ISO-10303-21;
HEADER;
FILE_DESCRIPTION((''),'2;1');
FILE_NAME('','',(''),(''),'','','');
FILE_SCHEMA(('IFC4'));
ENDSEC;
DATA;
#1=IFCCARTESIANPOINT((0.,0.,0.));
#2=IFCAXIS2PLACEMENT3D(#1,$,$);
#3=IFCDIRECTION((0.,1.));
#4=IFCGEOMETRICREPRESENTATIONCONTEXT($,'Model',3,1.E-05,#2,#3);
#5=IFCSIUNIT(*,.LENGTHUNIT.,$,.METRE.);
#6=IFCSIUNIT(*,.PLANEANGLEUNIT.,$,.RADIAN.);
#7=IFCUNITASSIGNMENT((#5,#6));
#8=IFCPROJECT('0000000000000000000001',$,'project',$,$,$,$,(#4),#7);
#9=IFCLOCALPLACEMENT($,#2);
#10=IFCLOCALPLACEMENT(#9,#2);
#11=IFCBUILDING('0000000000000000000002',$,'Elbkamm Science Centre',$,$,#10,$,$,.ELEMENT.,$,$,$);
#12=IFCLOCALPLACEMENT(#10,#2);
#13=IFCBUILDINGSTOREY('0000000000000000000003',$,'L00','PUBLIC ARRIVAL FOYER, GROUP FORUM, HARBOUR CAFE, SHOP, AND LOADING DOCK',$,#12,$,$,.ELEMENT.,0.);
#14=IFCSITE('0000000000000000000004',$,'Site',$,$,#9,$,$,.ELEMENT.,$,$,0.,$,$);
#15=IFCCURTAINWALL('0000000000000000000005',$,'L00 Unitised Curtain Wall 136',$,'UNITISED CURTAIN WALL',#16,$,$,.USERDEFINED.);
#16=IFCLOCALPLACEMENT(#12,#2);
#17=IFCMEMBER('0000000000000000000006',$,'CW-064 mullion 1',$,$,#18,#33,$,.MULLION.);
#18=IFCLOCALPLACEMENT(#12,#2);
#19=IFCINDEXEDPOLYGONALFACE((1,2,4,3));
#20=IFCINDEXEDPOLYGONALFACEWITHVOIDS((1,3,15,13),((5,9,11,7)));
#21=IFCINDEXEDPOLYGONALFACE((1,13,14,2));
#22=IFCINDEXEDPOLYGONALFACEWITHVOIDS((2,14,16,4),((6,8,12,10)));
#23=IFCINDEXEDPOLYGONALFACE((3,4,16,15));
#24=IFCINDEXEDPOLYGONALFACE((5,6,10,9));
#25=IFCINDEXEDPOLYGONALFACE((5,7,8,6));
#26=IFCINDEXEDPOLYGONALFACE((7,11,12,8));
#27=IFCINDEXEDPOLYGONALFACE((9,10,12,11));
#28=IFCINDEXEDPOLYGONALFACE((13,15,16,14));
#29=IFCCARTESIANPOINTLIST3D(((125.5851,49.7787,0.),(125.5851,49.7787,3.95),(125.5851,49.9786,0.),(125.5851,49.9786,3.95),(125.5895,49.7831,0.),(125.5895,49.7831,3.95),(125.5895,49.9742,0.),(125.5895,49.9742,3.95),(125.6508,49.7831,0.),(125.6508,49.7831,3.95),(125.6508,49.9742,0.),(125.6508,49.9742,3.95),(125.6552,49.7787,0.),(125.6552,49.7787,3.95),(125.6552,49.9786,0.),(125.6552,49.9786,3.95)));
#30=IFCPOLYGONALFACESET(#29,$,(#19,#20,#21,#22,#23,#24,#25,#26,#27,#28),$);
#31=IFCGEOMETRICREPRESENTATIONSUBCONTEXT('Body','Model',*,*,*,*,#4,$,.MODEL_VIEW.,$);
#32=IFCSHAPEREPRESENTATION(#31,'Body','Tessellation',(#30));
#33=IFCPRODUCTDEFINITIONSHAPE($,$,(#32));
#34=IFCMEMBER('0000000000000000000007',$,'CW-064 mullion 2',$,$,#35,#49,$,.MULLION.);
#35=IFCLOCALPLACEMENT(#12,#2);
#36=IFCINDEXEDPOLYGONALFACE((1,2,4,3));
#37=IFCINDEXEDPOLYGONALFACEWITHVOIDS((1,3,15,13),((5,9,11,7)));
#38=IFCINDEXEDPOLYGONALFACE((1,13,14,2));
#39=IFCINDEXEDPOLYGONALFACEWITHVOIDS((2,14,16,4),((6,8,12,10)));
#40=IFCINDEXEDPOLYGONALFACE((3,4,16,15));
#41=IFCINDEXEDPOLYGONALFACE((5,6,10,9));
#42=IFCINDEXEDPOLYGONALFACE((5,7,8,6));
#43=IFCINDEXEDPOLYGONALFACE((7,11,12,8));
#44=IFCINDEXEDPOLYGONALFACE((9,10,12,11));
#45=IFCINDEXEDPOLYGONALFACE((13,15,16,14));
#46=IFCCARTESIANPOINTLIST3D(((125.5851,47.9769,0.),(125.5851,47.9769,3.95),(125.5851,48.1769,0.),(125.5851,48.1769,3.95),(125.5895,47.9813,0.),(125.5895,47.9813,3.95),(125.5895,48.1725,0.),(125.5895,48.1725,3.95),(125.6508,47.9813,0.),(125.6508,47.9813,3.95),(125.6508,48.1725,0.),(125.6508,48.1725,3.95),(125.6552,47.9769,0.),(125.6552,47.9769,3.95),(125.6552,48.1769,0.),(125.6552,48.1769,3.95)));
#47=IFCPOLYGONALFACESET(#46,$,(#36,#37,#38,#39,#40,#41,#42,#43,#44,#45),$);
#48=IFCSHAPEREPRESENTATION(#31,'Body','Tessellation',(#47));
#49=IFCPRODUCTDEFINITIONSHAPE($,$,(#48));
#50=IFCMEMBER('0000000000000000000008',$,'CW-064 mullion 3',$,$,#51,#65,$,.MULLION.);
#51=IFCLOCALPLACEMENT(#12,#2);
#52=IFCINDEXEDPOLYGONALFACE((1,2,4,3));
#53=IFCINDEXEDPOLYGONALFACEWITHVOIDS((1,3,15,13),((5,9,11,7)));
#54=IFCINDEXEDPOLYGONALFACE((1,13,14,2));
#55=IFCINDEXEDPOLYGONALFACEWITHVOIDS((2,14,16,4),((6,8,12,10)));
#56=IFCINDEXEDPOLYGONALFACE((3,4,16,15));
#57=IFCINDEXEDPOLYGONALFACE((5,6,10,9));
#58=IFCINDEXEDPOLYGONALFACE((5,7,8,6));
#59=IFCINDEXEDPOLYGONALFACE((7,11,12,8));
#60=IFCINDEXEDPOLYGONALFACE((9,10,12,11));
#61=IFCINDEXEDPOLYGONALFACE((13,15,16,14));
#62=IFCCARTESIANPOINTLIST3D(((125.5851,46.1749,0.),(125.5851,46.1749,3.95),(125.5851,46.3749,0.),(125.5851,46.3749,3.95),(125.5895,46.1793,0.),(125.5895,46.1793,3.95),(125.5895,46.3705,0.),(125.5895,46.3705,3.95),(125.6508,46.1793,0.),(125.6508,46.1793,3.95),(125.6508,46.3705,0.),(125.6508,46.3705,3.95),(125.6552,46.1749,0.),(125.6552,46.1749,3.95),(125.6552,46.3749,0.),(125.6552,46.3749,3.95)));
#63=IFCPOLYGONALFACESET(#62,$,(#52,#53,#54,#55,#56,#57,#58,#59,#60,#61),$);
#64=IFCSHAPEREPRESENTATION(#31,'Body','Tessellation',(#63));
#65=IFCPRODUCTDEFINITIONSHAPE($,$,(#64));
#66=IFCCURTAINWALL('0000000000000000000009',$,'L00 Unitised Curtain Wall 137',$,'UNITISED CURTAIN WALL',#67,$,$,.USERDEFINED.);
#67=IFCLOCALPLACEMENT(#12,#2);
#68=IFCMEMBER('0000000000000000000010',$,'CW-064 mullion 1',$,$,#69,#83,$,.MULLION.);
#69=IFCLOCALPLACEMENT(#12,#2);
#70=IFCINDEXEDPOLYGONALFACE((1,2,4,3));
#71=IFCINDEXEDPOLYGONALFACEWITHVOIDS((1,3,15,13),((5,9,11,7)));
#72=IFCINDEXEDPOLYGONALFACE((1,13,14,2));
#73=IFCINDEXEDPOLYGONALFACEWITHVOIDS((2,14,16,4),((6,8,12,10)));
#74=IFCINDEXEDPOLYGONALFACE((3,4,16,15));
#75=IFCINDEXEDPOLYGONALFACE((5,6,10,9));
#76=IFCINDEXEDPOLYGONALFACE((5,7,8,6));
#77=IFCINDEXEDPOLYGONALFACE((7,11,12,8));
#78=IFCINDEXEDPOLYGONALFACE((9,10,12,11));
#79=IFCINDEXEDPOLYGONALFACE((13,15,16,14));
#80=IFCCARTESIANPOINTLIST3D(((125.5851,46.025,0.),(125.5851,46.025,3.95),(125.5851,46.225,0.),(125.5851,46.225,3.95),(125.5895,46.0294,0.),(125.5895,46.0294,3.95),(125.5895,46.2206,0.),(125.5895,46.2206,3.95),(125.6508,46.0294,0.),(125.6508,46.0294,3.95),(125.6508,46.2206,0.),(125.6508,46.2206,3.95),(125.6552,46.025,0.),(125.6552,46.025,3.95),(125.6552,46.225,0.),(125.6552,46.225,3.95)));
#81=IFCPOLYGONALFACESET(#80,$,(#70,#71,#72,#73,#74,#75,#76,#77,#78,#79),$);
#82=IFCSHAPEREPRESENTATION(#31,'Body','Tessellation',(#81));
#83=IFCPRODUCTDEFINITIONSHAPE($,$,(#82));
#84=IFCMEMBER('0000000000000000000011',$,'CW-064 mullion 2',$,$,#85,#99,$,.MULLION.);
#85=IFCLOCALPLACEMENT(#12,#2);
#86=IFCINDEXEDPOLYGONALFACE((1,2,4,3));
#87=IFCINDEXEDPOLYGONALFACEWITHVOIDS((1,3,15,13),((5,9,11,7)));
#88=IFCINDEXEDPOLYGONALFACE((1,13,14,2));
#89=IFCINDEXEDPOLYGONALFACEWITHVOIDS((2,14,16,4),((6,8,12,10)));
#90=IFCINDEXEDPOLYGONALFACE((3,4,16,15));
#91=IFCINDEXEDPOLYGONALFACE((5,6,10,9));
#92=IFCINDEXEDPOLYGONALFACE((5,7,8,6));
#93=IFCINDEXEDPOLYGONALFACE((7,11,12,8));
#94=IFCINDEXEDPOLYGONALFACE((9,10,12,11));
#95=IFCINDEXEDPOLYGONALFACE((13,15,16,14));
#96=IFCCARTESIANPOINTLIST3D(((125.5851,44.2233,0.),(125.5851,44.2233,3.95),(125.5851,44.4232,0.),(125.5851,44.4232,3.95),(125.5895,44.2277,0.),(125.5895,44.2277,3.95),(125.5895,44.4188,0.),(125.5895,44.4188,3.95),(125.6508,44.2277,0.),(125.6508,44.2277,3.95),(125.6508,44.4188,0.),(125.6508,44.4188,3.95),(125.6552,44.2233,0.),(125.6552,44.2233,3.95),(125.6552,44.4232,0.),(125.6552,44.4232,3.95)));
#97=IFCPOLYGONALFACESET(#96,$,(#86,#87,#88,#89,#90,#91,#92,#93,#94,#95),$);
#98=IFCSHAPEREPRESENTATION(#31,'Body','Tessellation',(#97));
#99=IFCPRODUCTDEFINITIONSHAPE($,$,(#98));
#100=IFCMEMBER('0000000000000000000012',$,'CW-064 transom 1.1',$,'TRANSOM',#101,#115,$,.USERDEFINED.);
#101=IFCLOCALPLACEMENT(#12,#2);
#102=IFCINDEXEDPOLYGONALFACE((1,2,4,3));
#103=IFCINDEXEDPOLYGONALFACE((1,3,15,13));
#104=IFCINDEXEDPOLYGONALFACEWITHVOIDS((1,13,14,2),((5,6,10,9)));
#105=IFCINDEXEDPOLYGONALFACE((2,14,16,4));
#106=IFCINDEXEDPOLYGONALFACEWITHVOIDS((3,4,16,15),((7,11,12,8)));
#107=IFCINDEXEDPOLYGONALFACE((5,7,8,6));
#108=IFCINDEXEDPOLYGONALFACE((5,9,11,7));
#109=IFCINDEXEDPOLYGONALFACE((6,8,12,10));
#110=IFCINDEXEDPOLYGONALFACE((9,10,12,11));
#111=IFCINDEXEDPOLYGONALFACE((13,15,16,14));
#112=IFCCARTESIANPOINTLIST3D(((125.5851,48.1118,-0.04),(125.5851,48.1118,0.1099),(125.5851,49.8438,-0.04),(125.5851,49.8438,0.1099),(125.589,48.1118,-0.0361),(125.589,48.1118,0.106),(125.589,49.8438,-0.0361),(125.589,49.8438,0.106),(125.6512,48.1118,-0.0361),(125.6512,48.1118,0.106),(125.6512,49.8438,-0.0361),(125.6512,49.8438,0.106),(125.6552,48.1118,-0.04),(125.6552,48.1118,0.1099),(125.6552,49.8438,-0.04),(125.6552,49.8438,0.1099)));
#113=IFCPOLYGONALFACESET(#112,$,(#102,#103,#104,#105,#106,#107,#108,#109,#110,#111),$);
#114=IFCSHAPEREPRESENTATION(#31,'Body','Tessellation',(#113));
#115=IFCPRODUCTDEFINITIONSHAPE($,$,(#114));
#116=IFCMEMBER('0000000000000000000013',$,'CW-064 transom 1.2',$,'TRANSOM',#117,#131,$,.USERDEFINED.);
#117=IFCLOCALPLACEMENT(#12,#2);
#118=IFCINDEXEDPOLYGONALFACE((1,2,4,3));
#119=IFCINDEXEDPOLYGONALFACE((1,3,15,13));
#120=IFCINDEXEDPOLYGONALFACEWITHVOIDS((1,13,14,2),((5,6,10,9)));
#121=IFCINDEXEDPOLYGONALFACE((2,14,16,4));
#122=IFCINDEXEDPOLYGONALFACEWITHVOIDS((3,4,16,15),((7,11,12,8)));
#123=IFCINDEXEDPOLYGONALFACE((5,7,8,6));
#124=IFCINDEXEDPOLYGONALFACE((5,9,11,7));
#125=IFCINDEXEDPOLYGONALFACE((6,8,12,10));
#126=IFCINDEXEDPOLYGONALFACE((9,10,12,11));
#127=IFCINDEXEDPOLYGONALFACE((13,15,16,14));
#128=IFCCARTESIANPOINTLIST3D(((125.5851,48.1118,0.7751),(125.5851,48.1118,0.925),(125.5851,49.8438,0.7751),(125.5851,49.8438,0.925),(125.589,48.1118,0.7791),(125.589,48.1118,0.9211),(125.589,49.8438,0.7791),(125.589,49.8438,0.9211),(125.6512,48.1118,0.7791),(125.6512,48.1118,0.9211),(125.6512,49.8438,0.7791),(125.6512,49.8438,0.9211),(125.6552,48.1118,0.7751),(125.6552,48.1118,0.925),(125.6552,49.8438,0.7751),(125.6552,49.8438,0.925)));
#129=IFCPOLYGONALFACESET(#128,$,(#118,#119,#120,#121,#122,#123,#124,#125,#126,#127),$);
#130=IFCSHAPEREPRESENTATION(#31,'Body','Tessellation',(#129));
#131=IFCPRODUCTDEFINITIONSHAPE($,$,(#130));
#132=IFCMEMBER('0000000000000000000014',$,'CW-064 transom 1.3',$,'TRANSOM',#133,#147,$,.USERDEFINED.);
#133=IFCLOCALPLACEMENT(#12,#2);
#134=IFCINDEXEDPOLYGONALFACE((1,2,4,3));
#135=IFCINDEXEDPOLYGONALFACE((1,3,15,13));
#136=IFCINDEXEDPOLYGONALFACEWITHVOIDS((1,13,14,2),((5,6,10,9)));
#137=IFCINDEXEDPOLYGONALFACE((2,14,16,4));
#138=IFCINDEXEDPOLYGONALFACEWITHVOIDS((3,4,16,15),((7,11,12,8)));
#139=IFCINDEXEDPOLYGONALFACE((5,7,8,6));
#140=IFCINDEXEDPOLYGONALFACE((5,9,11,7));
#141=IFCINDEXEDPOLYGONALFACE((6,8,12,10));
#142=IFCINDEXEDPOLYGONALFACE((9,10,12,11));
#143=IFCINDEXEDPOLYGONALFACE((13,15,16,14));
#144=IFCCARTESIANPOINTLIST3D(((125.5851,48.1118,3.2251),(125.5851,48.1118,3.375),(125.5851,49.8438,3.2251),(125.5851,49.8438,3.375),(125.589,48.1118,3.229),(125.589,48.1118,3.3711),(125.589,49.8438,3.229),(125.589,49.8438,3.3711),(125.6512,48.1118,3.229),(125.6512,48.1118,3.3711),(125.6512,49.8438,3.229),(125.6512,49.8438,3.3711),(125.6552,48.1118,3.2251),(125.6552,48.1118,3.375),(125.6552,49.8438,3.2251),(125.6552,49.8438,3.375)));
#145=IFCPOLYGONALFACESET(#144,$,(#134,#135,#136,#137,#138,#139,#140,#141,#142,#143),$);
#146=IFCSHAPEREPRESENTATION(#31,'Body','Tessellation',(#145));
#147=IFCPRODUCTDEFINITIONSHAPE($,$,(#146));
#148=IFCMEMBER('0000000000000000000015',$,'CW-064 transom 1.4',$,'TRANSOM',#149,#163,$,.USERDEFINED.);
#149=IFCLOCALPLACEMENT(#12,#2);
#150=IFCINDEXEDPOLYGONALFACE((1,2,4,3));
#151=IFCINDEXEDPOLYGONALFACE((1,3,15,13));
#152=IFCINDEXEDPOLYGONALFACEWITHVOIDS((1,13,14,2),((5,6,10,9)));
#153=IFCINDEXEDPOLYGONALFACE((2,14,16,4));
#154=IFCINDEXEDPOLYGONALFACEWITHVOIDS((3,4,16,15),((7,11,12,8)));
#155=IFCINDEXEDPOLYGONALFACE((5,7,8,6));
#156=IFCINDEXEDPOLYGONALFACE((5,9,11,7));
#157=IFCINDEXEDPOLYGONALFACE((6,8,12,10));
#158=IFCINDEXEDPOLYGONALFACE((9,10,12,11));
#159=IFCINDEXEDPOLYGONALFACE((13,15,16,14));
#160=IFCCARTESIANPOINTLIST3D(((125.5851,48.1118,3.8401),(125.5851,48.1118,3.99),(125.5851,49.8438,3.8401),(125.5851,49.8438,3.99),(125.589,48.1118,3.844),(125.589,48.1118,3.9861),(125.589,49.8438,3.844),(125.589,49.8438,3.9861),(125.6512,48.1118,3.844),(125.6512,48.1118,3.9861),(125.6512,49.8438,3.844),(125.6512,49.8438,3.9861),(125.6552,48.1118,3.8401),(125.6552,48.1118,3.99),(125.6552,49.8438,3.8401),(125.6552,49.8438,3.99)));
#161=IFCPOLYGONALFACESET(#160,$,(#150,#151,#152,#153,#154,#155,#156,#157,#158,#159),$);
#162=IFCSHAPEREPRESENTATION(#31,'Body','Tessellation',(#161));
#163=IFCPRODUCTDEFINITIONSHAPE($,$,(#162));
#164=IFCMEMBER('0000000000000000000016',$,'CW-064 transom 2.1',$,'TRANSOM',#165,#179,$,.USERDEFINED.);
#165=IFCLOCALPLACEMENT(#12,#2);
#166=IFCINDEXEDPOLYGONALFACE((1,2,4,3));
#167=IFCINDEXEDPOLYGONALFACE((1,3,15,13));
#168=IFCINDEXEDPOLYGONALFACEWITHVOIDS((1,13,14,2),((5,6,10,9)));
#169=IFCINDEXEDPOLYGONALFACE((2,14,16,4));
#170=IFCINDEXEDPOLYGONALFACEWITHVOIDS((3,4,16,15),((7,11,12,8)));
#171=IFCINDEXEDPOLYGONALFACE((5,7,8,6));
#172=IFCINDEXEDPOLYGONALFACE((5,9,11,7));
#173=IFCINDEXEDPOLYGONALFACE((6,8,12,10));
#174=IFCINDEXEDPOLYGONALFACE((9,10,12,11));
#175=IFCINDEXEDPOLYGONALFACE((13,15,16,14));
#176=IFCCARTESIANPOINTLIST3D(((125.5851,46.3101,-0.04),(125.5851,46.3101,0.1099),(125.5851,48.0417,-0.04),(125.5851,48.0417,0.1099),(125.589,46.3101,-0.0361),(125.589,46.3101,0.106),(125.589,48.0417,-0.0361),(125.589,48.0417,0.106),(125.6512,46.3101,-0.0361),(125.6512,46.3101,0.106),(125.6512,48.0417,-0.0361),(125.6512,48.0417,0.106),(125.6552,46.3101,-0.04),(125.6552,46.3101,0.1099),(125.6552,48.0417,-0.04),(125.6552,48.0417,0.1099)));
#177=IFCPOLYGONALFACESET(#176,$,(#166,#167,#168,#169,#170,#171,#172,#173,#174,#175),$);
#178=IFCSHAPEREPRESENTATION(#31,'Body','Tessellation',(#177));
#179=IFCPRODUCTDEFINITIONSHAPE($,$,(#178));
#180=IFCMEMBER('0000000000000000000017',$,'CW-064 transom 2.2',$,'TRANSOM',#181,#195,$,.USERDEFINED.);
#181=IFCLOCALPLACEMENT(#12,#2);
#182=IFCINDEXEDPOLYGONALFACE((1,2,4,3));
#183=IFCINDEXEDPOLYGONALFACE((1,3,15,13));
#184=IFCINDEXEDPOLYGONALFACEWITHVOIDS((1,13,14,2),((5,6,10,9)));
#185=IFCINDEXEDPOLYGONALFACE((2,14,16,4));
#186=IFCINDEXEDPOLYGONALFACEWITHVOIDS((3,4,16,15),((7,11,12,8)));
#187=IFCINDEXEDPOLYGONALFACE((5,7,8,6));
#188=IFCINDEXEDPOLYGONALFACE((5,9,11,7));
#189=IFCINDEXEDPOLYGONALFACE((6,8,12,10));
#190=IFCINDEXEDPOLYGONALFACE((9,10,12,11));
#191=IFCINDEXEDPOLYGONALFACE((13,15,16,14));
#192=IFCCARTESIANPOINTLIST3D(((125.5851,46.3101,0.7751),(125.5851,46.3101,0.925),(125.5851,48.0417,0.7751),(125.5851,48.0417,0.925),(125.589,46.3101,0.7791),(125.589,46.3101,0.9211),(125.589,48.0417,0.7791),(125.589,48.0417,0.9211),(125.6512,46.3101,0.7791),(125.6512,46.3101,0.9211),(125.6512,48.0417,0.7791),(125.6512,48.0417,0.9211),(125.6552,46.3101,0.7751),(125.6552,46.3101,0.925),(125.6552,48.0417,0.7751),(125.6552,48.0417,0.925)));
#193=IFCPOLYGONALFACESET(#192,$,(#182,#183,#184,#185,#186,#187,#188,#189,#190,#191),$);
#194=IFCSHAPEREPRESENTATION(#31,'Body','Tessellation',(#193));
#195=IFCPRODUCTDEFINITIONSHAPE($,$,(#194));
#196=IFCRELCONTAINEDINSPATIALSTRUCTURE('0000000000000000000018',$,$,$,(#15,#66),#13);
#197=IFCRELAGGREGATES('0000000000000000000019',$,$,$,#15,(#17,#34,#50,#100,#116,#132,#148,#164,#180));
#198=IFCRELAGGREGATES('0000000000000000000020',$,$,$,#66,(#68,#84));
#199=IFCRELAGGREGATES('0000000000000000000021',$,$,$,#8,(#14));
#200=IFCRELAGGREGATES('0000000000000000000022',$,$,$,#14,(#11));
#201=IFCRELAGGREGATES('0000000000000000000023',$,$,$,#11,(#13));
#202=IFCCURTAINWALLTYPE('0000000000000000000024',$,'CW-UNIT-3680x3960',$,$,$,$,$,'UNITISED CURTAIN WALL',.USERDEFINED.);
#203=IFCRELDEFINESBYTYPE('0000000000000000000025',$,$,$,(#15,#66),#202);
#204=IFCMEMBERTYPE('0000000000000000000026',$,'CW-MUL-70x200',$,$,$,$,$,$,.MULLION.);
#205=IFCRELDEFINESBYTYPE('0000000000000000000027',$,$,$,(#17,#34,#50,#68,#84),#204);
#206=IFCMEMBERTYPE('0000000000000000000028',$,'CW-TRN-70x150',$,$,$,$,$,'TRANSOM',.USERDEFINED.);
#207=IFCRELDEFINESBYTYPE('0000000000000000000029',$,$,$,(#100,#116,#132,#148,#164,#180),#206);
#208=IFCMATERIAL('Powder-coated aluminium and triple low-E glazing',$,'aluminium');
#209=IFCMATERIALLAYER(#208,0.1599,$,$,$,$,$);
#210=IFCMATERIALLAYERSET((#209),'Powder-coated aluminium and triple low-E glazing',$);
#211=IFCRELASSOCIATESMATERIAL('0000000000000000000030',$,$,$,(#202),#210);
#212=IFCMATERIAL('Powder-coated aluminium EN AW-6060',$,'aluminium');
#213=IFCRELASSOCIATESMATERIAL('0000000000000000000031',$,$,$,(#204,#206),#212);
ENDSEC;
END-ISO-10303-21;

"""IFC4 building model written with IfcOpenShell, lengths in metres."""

from ifc_helpers import new_model, si_unit, direction, frame, origin, origin_2d, place, context, subcontext, project, spatial, hollow_rectangle, extrude, material, layer, layer_set, material_profile, profile_set, type_object, element, aggregate, save


model = new_model("IFC4")

# Units and contexts
model_context = context("Model", 3, precision=1e-05, world=origin(), true_north=direction((0.0, 1.0)))
body_context = subcontext(model_context, "Body", "Model", "MODEL_VIEW")
ifc_project = project(units=[si_unit("LENGTHUNIT", "METRE"), si_unit("PLANEANGLEUNIT", "RADIAN")], contexts=[model_context])

# Site, building, storey
site_placement = place(None, origin())
site = spatial("IfcSite", under=ifc_project, at=site_placement, Name="Site", CompositionType="ELEMENT", RefElevation=0.0)
building_placement = place(site_placement, origin())
building = spatial("IfcBuilding", under=site, at=building_placement, Name="Elbkamm Science Centre", CompositionType="ELEMENT")
storey_placement = place(building_placement, origin())
storey = spatial("IfcBuildingStorey", under=building, at=storey_placement, Name="L00", Description="PUBLIC ARRIVAL FOYER, GROUP FORUM, HARBOUR CAFE, SHOP, AND LOADING DOCK", CompositionType="ELEMENT", Elevation=0.0)

# Curtain walls, members
ifc_material_1 = material(Name="Powder-coated aluminium and triple low-E glazing", Category="aluminium")
ifc_layer_1 = layer(ifc_material_1, 0.1599)
ifc_layer_set_1 = layer_set([ifc_layer_1], Name="Powder-coated aluminium and triple low-E glazing")
curtain_wall_type = type_object("IfcCurtainWallType", Name="CW-UNIT-3680x3960", ElementType="UNITISED CURTAIN WALL", PredefinedType="USERDEFINED", material=ifc_layer_set_1)
curtain_wall_1_placement = place(storey_placement, origin())
curtain_wall_1 = element("IfcCurtainWall", 1, at=curtain_wall_1_placement, inside=storey, type_object=curtain_wall_type, Name="L00 Unitised Curtain Wall 136", ObjectType="UNITISED CURTAIN WALL", PredefinedType="USERDEFINED")
ifc_material_2 = material(Name="Powder-coated aluminium EN AW-6060", Category="aluminium")
ifc_material_profile_1 = material_profile(ifc_material_2, hollow_rectangle(XDim=0.0701, YDim=0.2, WallThickness=0.0044, at=origin_2d()), Name="ALU M70x200")
ifc_profile_set_1 = profile_set([ifc_material_profile_1], Name="Powder-coated aluminium EN AW-6060")
member_type_1 = type_object("IfcMemberType", Name="CW-MUL-70x200", PredefinedType="MULLION", material=ifc_profile_set_1)
member_1_placement = place(storey_placement, frame((125.6201, 49.8787, 0.0), z_axis=(0.0, 0.0, 1.0), x_axis=(1.0, 0.0, 0.0)))
member_1 = element("IfcMember", 2, at=member_1_placement, type_object=member_type_1, Name="CW-064 mullion 1", PredefinedType="MULLION", context=body_context, shape_type="SweptSolid", body=[
    extrude(hollow_rectangle(XDim=0.0701, YDim=0.2, WallThickness=0.0044, at=origin_2d()), origin(), (0.0, 0.0, 1.0), 3.95),
])
member_2_placement = place(storey_placement, frame((125.6201, 48.0769, 0.0), z_axis=(0.0, 0.0, 1.0), x_axis=(1.0, 0.0, 0.0)))
member_2 = element("IfcMember", 3, at=member_2_placement, type_object=member_type_1, Name="CW-064 mullion 2", PredefinedType="MULLION", context=body_context, shape_type="SweptSolid", body=[
    extrude(hollow_rectangle(XDim=0.0701, YDim=0.2, WallThickness=0.0044, at=origin_2d()), origin(), (0.0, 0.0, 1.0), 3.95),
])
member_3_placement = place(storey_placement, frame((125.6201, 46.2749, 0.0), z_axis=(0.0, 0.0, 1.0), x_axis=(1.0, 0.0, 0.0)))
member_3 = element("IfcMember", 4, at=member_3_placement, type_object=member_type_1, Name="CW-064 mullion 3", PredefinedType="MULLION", context=body_context, shape_type="SweptSolid", body=[
    extrude(hollow_rectangle(XDim=0.0701, YDim=0.2, WallThickness=0.0044, at=origin_2d()), origin(), (0.0, 0.0, 1.0), 3.95),
])
curtain_wall_2_placement = place(storey_placement, origin())
curtain_wall_2 = element("IfcCurtainWall", 5, at=curtain_wall_2_placement, inside=storey, type_object=curtain_wall_type, Name="L00 Unitised Curtain Wall 137", ObjectType="UNITISED CURTAIN WALL", PredefinedType="USERDEFINED")
member_4_placement = place(storey_placement, frame((125.6201, 46.125, 0.0), z_axis=(0.0, 0.0, 1.0), x_axis=(1.0, 0.0, 0.0)))
member_4 = element("IfcMember", 6, at=member_4_placement, type_object=member_type_1, Name="CW-064 mullion 1", PredefinedType="MULLION", context=body_context, shape_type="SweptSolid", body=[
    extrude(hollow_rectangle(XDim=0.0701, YDim=0.2, WallThickness=0.0044, at=origin_2d()), origin(), (0.0, 0.0, 1.0), 3.95),
])
member_5_placement = place(storey_placement, frame((125.6201, 44.3232, 0.0), z_axis=(0.0, 0.0, 1.0), x_axis=(1.0, 0.0, 0.0)))
member_5 = element("IfcMember", 7, at=member_5_placement, type_object=member_type_1, Name="CW-064 mullion 2", PredefinedType="MULLION", context=body_context, shape_type="SweptSolid", body=[
    extrude(hollow_rectangle(XDim=0.0701, YDim=0.2, WallThickness=0.0044, at=origin_2d()), origin(), (0.0, 0.0, 1.0), 3.95),
])

# Members
ifc_material_profile_2 = material_profile(ifc_material_2, hollow_rectangle(XDim=0.0701, YDim=0.1499, WallThickness=0.0039, at=origin_2d()), Name="ALU T70x150")
ifc_profile_set_2 = profile_set([ifc_material_profile_2], Name="Powder-coated aluminium EN AW-6060")
member_type_2 = type_object("IfcMemberType", Name="CW-TRN-70x150", ElementType="TRANSOM", PredefinedType="USERDEFINED", material=ifc_profile_set_2)
member_6_placement = place(storey_placement, frame((125.6201, 49.8438, 0.0349), z_axis=(0.0, -1.0, 0.0), x_axis=(1.0, 0.0, 0.0)))
member_6 = element("IfcMember", 8, at=member_6_placement, type_object=member_type_2, Name="CW-064 transom 1.1", ObjectType="TRANSOM", PredefinedType="USERDEFINED", context=body_context, shape_type="SweptSolid", body=[
    extrude(hollow_rectangle(XDim=0.0701, YDim=0.1499, WallThickness=0.0039, at=origin_2d()), origin(), (0.0, 0.0, 1.0), 1.7319),
])
member_7_placement = place(storey_placement, frame((125.6201, 49.8438, 0.8501), z_axis=(0.0, -1.0, 0.0), x_axis=(1.0, 0.0, 0.0)))
member_7 = element("IfcMember", 9, at=member_7_placement, type_object=member_type_2, Name="CW-064 transom 1.2", ObjectType="TRANSOM", PredefinedType="USERDEFINED", context=body_context, shape_type="SweptSolid", body=[
    extrude(hollow_rectangle(XDim=0.0701, YDim=0.1499, WallThickness=0.0039, at=origin_2d()), origin(), (0.0, 0.0, 1.0), 1.7319),
])
member_8_placement = place(storey_placement, frame((125.6201, 49.8438, 3.3), z_axis=(0.0, -1.0, 0.0), x_axis=(1.0, 0.0, 0.0)))
member_8 = element("IfcMember", 10, at=member_8_placement, type_object=member_type_2, Name="CW-064 transom 1.3", ObjectType="TRANSOM", PredefinedType="USERDEFINED", context=body_context, shape_type="SweptSolid", body=[
    extrude(hollow_rectangle(XDim=0.0701, YDim=0.1499, WallThickness=0.0039, at=origin_2d()), origin(), (0.0, 0.0, 1.0), 1.7319),
])
member_9_placement = place(storey_placement, frame((125.6201, 49.8438, 3.915), z_axis=(0.0, -1.0, 0.0), x_axis=(1.0, 0.0, 0.0)))
member_9 = element("IfcMember", 11, at=member_9_placement, type_object=member_type_2, Name="CW-064 transom 1.4", ObjectType="TRANSOM", PredefinedType="USERDEFINED", context=body_context, shape_type="SweptSolid", body=[
    extrude(hollow_rectangle(XDim=0.0701, YDim=0.1499, WallThickness=0.0039, at=origin_2d()), origin(), (0.0, 0.0, 1.0), 1.7319),
])
member_10_placement = place(storey_placement, frame((125.6201, 48.0417, 0.0349), z_axis=(0.0, -1.0, 0.0), x_axis=(1.0, 0.0, 0.0)))
member_10 = element("IfcMember", 12, at=member_10_placement, type_object=member_type_2, Name="CW-064 transom 2.1", ObjectType="TRANSOM", PredefinedType="USERDEFINED", context=body_context, shape_type="SweptSolid", body=[
    extrude(hollow_rectangle(XDim=0.0701, YDim=0.1499, WallThickness=0.0039, at=origin_2d()), origin(), (0.0, 0.0, 1.0), 1.7317),
])
member_11_placement = place(storey_placement, frame((125.6201, 48.0417, 0.8501), z_axis=(0.0, -1.0, 0.0), x_axis=(1.0, 0.0, 0.0)))
member_11 = element("IfcMember", 13, at=member_11_placement, type_object=member_type_2, Name="CW-064 transom 2.2", ObjectType="TRANSOM", PredefinedType="USERDEFINED", context=body_context, shape_type="SweptSolid", body=[
    extrude(hollow_rectangle(XDim=0.0701, YDim=0.1499, WallThickness=0.0039, at=origin_2d()), origin(), (0.0, 0.0, 1.0), 1.7317),
])

aggregate(curtain_wall_1, [member_1, member_2, member_3, member_6, member_7, member_8, member_9, member_10, member_11])
aggregate(curtain_wall_2, [member_4, member_5])

save(model, "model.ifc")
